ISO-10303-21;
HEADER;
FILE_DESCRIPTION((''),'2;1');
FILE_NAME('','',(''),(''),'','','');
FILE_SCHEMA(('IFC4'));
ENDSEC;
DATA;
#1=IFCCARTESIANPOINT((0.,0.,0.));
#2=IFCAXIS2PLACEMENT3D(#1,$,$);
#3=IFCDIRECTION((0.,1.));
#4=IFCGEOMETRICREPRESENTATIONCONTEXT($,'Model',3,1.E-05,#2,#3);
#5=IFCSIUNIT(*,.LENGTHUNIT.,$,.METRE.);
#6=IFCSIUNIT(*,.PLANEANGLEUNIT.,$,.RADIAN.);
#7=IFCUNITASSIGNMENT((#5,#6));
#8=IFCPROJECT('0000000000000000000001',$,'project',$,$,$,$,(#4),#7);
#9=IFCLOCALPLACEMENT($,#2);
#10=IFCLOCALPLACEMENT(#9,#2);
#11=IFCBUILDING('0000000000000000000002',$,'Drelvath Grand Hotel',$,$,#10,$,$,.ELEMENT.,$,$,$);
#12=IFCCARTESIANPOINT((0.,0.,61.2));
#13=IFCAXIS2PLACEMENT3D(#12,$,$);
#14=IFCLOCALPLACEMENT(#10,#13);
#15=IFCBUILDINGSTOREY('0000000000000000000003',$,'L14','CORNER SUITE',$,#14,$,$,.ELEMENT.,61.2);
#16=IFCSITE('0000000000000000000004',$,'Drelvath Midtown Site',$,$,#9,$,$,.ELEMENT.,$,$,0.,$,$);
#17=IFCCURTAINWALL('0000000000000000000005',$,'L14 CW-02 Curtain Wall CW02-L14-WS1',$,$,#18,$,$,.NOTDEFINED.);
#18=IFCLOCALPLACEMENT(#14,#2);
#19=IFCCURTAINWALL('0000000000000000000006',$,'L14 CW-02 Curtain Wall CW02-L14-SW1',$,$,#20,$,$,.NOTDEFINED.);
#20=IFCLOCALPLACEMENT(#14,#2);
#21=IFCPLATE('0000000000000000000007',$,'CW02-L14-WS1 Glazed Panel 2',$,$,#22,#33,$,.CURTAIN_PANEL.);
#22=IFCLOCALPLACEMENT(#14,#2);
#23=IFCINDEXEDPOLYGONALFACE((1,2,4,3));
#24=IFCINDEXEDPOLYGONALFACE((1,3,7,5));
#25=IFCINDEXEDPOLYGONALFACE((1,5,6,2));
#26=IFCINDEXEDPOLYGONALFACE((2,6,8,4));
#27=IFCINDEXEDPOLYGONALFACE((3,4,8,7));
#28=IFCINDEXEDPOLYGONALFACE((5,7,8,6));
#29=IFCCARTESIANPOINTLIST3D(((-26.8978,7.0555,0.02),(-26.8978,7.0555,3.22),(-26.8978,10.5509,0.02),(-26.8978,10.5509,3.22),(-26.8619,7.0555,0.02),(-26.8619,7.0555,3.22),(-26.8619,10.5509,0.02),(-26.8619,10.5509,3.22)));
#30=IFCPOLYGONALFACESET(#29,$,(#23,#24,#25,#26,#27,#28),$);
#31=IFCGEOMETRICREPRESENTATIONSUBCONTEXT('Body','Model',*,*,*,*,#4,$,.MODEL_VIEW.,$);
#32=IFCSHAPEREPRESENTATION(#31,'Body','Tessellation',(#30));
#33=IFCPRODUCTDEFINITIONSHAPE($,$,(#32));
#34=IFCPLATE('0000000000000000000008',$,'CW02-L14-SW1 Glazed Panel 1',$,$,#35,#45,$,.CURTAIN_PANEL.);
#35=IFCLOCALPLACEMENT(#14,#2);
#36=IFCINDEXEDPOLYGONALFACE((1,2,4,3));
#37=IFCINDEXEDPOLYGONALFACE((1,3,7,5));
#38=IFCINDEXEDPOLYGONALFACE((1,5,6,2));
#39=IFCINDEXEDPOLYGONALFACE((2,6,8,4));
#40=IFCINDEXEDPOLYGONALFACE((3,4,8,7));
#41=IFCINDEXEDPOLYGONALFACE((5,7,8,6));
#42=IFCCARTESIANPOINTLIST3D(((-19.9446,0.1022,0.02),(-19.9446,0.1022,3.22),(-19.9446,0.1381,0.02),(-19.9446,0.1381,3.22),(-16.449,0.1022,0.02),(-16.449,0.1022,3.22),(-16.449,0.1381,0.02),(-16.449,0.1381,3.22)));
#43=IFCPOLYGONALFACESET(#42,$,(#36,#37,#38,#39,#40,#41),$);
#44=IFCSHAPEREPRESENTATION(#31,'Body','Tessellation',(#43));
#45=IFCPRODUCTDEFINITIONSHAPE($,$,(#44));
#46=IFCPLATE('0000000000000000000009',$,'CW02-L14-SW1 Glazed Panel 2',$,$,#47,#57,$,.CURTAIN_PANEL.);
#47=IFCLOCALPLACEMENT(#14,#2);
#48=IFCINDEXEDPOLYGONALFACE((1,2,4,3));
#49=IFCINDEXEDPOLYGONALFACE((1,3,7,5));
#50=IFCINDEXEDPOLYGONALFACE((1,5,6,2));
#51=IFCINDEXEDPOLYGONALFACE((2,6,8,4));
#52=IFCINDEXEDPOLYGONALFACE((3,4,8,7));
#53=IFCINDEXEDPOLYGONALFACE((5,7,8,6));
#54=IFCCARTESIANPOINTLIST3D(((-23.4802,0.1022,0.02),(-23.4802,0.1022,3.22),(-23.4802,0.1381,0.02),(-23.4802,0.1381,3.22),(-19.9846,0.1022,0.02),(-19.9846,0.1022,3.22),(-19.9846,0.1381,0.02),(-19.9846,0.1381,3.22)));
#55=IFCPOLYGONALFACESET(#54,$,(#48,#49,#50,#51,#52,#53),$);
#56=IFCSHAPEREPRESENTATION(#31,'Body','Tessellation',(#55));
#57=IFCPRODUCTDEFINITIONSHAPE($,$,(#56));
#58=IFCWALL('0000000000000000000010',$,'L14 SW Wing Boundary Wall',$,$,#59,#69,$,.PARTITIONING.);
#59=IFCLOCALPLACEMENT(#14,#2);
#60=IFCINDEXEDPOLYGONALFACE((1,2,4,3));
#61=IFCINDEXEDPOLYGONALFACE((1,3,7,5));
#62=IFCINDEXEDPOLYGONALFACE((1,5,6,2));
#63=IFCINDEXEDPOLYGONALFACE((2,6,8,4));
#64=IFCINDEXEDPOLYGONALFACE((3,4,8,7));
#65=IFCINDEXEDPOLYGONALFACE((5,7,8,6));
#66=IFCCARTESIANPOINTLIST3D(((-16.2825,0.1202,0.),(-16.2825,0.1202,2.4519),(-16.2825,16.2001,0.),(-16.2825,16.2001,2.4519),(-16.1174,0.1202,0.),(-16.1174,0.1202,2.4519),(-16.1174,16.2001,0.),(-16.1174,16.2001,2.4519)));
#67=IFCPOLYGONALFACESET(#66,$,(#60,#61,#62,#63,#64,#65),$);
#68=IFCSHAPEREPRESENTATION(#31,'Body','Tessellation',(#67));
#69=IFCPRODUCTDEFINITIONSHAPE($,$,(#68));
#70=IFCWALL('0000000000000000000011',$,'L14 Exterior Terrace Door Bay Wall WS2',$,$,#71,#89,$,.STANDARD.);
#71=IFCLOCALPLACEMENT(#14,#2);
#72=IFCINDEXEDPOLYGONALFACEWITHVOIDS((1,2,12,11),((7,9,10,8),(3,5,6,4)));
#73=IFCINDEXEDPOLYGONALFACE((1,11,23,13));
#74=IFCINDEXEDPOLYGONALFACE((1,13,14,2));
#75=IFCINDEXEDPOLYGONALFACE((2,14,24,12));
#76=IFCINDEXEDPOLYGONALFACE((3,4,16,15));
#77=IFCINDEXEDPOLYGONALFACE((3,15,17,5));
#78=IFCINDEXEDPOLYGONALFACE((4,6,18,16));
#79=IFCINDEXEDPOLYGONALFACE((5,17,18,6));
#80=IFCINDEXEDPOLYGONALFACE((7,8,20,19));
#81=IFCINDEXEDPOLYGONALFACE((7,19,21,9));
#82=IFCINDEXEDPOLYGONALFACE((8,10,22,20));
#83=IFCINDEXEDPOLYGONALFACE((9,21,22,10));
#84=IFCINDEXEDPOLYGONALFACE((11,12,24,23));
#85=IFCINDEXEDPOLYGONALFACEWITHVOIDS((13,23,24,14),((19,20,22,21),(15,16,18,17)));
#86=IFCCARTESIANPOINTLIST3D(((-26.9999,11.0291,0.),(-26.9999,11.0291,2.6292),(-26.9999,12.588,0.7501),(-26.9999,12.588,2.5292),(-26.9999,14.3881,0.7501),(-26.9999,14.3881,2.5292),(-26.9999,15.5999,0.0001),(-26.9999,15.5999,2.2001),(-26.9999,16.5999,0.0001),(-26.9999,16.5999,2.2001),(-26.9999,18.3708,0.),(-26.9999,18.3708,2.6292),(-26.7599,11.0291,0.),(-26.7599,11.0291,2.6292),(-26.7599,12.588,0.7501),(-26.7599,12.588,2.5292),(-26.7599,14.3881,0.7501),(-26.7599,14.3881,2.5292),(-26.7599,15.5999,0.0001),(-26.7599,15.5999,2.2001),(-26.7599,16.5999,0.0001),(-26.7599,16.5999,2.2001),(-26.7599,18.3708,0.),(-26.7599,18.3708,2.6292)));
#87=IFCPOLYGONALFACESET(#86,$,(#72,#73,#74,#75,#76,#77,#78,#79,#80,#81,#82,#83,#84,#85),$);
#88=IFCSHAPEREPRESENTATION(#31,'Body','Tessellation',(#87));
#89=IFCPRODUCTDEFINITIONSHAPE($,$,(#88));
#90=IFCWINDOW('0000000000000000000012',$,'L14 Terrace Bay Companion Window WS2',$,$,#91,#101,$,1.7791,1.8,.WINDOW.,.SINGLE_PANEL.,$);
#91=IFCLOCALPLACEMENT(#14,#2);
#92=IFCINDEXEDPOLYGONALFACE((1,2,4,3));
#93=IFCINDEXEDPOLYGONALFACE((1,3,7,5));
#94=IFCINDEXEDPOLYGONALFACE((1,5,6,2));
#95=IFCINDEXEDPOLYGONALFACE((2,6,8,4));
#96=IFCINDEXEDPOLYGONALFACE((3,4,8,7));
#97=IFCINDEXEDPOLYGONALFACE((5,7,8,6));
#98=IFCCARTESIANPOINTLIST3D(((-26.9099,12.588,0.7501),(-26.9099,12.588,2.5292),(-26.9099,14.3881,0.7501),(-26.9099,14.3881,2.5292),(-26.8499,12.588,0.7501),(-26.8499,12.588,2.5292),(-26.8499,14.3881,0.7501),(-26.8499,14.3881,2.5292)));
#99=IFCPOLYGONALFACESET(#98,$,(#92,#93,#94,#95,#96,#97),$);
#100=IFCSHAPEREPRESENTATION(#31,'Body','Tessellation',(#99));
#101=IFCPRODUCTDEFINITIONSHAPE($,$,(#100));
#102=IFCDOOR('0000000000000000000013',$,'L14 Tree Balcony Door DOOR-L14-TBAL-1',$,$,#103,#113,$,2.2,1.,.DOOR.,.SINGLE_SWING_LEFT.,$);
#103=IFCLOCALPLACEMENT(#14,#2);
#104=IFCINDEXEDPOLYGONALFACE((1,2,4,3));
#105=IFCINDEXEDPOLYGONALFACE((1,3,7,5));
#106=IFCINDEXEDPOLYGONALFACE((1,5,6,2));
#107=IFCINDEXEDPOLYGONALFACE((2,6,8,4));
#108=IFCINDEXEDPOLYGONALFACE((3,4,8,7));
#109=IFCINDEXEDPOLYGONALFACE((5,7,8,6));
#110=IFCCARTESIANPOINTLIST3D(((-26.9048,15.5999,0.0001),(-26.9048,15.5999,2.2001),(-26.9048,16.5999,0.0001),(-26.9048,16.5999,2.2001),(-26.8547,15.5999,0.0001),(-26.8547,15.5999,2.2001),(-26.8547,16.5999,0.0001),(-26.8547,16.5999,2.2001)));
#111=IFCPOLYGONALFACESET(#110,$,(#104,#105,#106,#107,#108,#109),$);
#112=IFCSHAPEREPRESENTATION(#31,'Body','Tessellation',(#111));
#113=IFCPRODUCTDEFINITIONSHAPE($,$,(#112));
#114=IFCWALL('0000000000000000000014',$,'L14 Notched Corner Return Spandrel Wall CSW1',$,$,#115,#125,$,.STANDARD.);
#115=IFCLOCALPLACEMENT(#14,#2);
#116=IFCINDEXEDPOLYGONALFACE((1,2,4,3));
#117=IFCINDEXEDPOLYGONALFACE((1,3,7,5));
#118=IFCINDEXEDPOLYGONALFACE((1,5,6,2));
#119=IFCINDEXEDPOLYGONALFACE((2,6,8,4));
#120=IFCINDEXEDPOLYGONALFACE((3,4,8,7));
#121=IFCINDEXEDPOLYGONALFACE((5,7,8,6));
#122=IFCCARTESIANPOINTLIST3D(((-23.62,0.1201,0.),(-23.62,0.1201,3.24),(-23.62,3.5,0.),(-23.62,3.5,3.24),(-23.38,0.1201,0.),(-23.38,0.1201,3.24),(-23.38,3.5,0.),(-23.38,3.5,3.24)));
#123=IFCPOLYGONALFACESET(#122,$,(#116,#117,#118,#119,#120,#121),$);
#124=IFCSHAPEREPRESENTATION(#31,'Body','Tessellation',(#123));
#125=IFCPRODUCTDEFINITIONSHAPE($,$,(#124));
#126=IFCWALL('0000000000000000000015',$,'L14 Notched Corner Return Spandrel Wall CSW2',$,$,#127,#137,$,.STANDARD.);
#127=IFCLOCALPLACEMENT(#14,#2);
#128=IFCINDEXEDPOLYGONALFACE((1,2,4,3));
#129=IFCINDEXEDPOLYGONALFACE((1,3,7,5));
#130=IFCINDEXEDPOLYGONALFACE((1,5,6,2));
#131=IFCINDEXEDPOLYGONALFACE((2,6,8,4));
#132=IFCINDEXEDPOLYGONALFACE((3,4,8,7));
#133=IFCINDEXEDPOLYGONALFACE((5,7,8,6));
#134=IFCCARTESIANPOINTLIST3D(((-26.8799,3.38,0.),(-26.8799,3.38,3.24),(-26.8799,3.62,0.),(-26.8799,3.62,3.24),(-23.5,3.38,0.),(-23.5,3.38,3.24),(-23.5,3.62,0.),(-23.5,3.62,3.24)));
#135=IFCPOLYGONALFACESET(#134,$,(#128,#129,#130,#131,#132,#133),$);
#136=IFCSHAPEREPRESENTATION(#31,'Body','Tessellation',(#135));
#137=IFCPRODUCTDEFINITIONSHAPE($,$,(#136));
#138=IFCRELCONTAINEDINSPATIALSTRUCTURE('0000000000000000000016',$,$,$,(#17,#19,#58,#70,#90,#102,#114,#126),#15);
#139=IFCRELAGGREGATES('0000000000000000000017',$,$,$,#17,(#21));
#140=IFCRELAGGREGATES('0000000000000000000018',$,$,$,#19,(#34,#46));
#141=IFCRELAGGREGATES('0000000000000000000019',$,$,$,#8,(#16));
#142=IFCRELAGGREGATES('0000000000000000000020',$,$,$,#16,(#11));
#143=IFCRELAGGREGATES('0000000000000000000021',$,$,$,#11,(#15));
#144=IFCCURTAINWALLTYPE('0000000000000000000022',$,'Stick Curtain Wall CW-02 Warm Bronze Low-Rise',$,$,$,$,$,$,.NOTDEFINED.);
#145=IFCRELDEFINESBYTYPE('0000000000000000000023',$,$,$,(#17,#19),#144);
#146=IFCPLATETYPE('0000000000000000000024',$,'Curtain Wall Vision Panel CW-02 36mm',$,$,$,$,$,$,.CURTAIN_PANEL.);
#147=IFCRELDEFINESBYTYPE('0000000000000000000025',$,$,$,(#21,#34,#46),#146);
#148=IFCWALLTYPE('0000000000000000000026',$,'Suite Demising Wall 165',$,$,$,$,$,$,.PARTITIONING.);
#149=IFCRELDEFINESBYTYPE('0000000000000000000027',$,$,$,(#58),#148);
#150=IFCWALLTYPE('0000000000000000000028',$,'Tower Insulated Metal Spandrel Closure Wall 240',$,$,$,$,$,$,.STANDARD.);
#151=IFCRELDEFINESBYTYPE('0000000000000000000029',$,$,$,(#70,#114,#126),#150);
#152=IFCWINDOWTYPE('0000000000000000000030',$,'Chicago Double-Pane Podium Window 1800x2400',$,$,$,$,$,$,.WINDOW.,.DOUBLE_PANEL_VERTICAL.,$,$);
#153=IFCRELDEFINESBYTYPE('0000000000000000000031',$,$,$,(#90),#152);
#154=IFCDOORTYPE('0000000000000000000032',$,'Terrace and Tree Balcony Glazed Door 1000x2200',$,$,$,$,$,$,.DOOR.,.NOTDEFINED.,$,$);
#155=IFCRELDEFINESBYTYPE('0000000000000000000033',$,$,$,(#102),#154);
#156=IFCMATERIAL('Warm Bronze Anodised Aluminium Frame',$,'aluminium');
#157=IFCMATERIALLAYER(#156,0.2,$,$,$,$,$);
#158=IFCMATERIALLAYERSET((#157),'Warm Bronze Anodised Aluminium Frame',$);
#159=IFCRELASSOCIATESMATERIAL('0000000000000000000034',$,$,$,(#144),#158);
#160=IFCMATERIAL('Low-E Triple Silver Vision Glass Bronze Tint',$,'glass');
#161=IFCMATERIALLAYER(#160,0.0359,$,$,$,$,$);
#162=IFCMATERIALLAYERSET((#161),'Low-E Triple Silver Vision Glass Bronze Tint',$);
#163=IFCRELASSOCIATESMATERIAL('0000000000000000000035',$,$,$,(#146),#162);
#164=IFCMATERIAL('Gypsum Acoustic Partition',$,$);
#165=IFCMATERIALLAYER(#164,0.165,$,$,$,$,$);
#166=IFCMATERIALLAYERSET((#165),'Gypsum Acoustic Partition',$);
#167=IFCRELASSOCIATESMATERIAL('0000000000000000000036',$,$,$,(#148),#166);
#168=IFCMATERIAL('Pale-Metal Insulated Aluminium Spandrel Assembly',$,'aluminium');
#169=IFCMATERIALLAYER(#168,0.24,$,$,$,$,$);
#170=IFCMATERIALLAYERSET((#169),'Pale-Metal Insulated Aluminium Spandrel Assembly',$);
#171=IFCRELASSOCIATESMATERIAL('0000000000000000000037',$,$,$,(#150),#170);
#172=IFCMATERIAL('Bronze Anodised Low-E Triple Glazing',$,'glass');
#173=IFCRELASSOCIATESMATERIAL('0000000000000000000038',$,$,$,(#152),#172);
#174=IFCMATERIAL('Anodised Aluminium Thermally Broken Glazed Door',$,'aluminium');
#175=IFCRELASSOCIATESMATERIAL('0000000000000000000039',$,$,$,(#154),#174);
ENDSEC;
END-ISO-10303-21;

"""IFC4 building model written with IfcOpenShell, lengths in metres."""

from ifc_helpers import new_model, si_unit, direction, frame, frame_2d, origin, origin_2d, place, context, subcontext, project, spatial, rectangle, extrude, material, layer, layer_set, type_object, element, fill, aggregate, save


model = new_model("IFC4")

# Units and contexts
model_context = context("Model", 3, precision=1e-05, world=origin(), true_north=direction((0.0, 1.0)))
body_context = subcontext(model_context, "Body", "Model", "MODEL_VIEW")
ifc_project = project(units=[si_unit("LENGTHUNIT", "METRE"), si_unit("PLANEANGLEUNIT", "RADIAN")], contexts=[model_context])

# Site, building, storey
site_placement = place(None, origin())
site = spatial("IfcSite", under=ifc_project, at=site_placement, Name="Drelvath Midtown Site", CompositionType="ELEMENT", RefElevation=0.0)
building_placement = place(site_placement, origin())
building = spatial("IfcBuilding", under=site, at=building_placement, Name="Drelvath Grand Hotel", CompositionType="ELEMENT")
storey_placement = place(building_placement, frame((0.0, 0.0, 61.2)))
storey = spatial("IfcBuildingStorey", under=building, at=storey_placement, Name="L14", Description="CORNER SUITE", CompositionType="ELEMENT", Elevation=61.2)

# Curtain walls
ifc_material_1 = material(Name="Warm Bronze Anodised Aluminium Frame", Category="aluminium")
ifc_layer_1 = layer(ifc_material_1, 0.2)
ifc_layer_set_1 = layer_set([ifc_layer_1], Name="Warm Bronze Anodised Aluminium Frame")
curtain_wall_type = type_object("IfcCurtainWallType", Name="Stick Curtain Wall CW-02 Warm Bronze Low-Rise", PredefinedType="NOTDEFINED", material=ifc_layer_set_1)
curtain_wall_1_placement = place(storey_placement, origin())
curtain_wall_1 = element("IfcCurtainWall", 1, at=curtain_wall_1_placement, inside=storey, type_object=curtain_wall_type, Name="L14 CW-02 Curtain Wall CW02-L14-WS1", PredefinedType="NOTDEFINED")
curtain_wall_2_placement = place(storey_placement, origin())
curtain_wall_2 = element("IfcCurtainWall", 2, at=curtain_wall_2_placement, inside=storey, type_object=curtain_wall_type, Name="L14 CW-02 Curtain Wall CW02-L14-SW1", PredefinedType="NOTDEFINED")

# Plates
ifc_material_2 = material(Name="Low-E Triple Silver Vision Glass Bronze Tint", Category="glass")
ifc_layer_2 = layer(ifc_material_2, 0.0359)
ifc_layer_set_2 = layer_set([ifc_layer_2], Name="Low-E Triple Silver Vision Glass Bronze Tint")
plate_type = type_object("IfcPlateType", Name="Curtain Wall Vision Panel CW-02 36mm", PredefinedType="CURTAIN_PANEL", material=ifc_layer_set_2)
plate_1_placement = place(storey_placement, frame((-26.8799, 8.8032, 0.02), z_axis=(0.0, 0.0, 1.0), x_axis=(0.0, 1.0, 0.0)))
plate_1 = element("IfcPlate", 3, at=plate_1_placement, type_object=plate_type, Name="CW02-L14-WS1 Glazed Panel 2", PredefinedType="CURTAIN_PANEL", context=body_context, shape_type="SweptSolid", body=[
    extrude(rectangle(XDim=3.4954, YDim=0.0359, at=origin_2d()), origin(), (0.0, 0.0, 1.0), 3.2),
])
aggregate(curtain_wall_1, [plate_1])
plate_2_placement = place(storey_placement, frame((-18.1968, 0.1201, 0.02), z_axis=(0.0, 0.0, 1.0), x_axis=(-1.0, 0.0, 0.0)))
plate_2 = element("IfcPlate", 4, at=plate_2_placement, type_object=plate_type, Name="CW02-L14-SW1 Glazed Panel 1", PredefinedType="CURTAIN_PANEL", context=body_context, shape_type="SweptSolid", body=[
    extrude(rectangle(XDim=3.4956, YDim=0.0359, at=origin_2d()), origin(), (0.0, 0.0, 1.0), 3.2),
])
plate_3_placement = place(storey_placement, frame((-21.7324, 0.1201, 0.02), z_axis=(0.0, 0.0, 1.0), x_axis=(-1.0, 0.0, 0.0)))
plate_3 = element("IfcPlate", 5, at=plate_3_placement, type_object=plate_type, Name="CW02-L14-SW1 Glazed Panel 2", PredefinedType="CURTAIN_PANEL", context=body_context, shape_type="SweptSolid", body=[
    extrude(rectangle(XDim=3.4956, YDim=0.0359, at=origin_2d()), origin(), (0.0, 0.0, 1.0), 3.2),
])
aggregate(curtain_wall_2, [plate_2, plate_3])

# Wall
ifc_material_3 = material(Name="Gypsum Acoustic Partition")
ifc_layer_3 = layer(ifc_material_3, 0.165)
ifc_layer_set_3 = layer_set([ifc_layer_3], Name="Gypsum Acoustic Partition")
wall_type_1 = type_object("IfcWallType", Name="Suite Demising Wall 165", PredefinedType="PARTITIONING", material=ifc_layer_set_3)
wall_1_placement = place(storey_placement, frame((-16.2, 0.1201, 0.0), z_axis=(0.0, 0.0, 1.0), x_axis=(0.0, 1.0, 0.0)))
element("IfcWall", 6, at=wall_1_placement, inside=storey, type_object=wall_type_1, Name="L14 SW Wing Boundary Wall", PredefinedType="PARTITIONING", context=body_context, shape_type="SweptSolid", body=[
    extrude(rectangle(XDim=16.0798, YDim=0.165, at=frame_2d((8.04, 0.0))), origin(), (0.0, 0.0, 1.0), 2.4519),
])

# Wall, openings, window, door
ifc_material_4 = material(Name="Pale-Metal Insulated Aluminium Spandrel Assembly", Category="aluminium")
ifc_layer_4 = layer(ifc_material_4, 0.24)
ifc_layer_set_4 = layer_set([ifc_layer_4], Name="Pale-Metal Insulated Aluminium Spandrel Assembly")
wall_type_2 = type_object("IfcWallType", Name="Tower Insulated Metal Spandrel Closure Wall 240", PredefinedType="STANDARD", material=ifc_layer_set_4)
wall_2_placement = place(storey_placement, frame((-26.8799, 11.0291, 0.0), z_axis=(0.0, 0.0, 1.0), x_axis=(0.0, 1.0, 0.0)))
wall_2 = element("IfcWall", 7, at=wall_2_placement, inside=storey, type_object=wall_type_2, Name="L14 Exterior Terrace Door Bay Wall WS2", PredefinedType="STANDARD", context=body_context, shape_type="SweptSolid", body=[
    extrude(rectangle(XDim=7.3418, YDim=0.24, at=frame_2d((3.6709, 0.0))), origin(), (0.0, 0.0, 1.0), 2.6292),
])
opening_1_placement = place(wall_2_placement, frame((4.5708, 0.0, 0.0)))
opening_1 = element("IfcOpeningElement", 8, at=opening_1_placement, cuts=wall_2, PredefinedType="OPENING", context=body_context, shape_type="SweptSolid", body=[
    extrude(rectangle(XDim=1.0, YDim=2.2, at=frame_2d((0.5, 1.1001))), frame((0.0, 0.1299, 0.0), z_axis=(0.0, -1.0, 0.0), x_axis=(1.0, 0.0, 0.0)), (0.0, 0.0, 1.0), 0.26),
])
opening_2_placement = place(wall_2_placement, frame((1.5591, 0.0, 0.75)))
opening_2 = element("IfcOpeningElement", 9, at=opening_2_placement, cuts=wall_2, PredefinedType="OPENING", context=body_context, shape_type="SweptSolid", body=[
    extrude(rectangle(XDim=1.8, YDim=1.7791, at=frame_2d((0.8999, 0.8896))), frame((0.0, 0.1299, 0.0), z_axis=(0.0, -1.0, 0.0), x_axis=(1.0, 0.0, 0.0)), (0.0, 0.0, 1.0), 0.26),
])
ifc_material_5 = material(Name="Bronze Anodised Low-E Triple Glazing", Category="glass")
window_type = type_object("IfcWindowType", Name="Chicago Double-Pane Podium Window 1800x2400", PartitioningType="DOUBLE_PANEL_VERTICAL", PredefinedType="WINDOW", material=ifc_material_5)
window_placement = place(opening_2_placement, origin())
window = element("IfcWindow", 10, at=window_placement, inside=storey, type_object=window_type, Name="L14 Terrace Bay Companion Window WS2", OverallHeight=1.7791, OverallWidth=1.8, PartitioningType="SINGLE_PANEL", PredefinedType="WINDOW", context=body_context, shape_type="SweptSolid", body=[
    extrude(rectangle(XDim=1.8, YDim=1.7791, at=frame_2d((0.8999, 0.8896))), frame((0.0, 0.03, 0.0), z_axis=(0.0, -1.0, 0.0), x_axis=(1.0, 0.0, 0.0)), (0.0, 0.0, 1.0), 0.0601),
])
fill(opening_2, window)
ifc_material_6 = material(Name="Anodised Aluminium Thermally Broken Glazed Door", Category="aluminium")
door_type = type_object("IfcDoorType", Name="Terrace and Tree Balcony Glazed Door 1000x2200", OperationType="NOTDEFINED", PredefinedType="DOOR", material=ifc_material_6)
door_placement = place(opening_1_placement, origin())
door = element("IfcDoor", 11, at=door_placement, inside=storey, type_object=door_type, Name="L14 Tree Balcony Door DOOR-L14-TBAL-1", OperationType="SINGLE_SWING_LEFT", OverallHeight=2.2, OverallWidth=1.0, PredefinedType="DOOR", context=body_context, shape_type="SweptSolid", body=[
    extrude(rectangle(XDim=1.0, YDim=2.2, at=frame_2d((0.5, 1.1001))), frame((0.0, 0.0249, 0.0), z_axis=(0.0, -1.0, 0.0), x_axis=(1.0, 0.0, 0.0)), (0.0, 0.0, 1.0), 0.05),
])
fill(opening_1, door)

# Walls
for number, where, z_axis, x_axis, name in (
    (12, (-23.5, 0.1201, 0.0), (0.0, 0.0, 1.0), (0.0, 1.0, 0.0), "L14 Notched Corner Return Spandrel Wall CSW1"),
    (13, (-23.5, 3.5, 0.0), (0.0, 0.0, 1.0), (-1.0, 0.0, 0.0), "L14 Notched Corner Return Spandrel Wall CSW2"),
):
    element("IfcWall", number, at=place(storey_placement, frame(where, z_axis=z_axis, x_axis=x_axis)), inside=storey, type_object=wall_type_2, Name=name, PredefinedType="STANDARD", context=body_context, shape_type="SweptSolid", body=[
        extrude(rectangle(XDim=3.3799, YDim=0.24, at=frame_2d((1.6899, 0.0))), origin(), (0.0, 0.0, 1.0), 3.24),
    ])

save(model, "model.ifc")
